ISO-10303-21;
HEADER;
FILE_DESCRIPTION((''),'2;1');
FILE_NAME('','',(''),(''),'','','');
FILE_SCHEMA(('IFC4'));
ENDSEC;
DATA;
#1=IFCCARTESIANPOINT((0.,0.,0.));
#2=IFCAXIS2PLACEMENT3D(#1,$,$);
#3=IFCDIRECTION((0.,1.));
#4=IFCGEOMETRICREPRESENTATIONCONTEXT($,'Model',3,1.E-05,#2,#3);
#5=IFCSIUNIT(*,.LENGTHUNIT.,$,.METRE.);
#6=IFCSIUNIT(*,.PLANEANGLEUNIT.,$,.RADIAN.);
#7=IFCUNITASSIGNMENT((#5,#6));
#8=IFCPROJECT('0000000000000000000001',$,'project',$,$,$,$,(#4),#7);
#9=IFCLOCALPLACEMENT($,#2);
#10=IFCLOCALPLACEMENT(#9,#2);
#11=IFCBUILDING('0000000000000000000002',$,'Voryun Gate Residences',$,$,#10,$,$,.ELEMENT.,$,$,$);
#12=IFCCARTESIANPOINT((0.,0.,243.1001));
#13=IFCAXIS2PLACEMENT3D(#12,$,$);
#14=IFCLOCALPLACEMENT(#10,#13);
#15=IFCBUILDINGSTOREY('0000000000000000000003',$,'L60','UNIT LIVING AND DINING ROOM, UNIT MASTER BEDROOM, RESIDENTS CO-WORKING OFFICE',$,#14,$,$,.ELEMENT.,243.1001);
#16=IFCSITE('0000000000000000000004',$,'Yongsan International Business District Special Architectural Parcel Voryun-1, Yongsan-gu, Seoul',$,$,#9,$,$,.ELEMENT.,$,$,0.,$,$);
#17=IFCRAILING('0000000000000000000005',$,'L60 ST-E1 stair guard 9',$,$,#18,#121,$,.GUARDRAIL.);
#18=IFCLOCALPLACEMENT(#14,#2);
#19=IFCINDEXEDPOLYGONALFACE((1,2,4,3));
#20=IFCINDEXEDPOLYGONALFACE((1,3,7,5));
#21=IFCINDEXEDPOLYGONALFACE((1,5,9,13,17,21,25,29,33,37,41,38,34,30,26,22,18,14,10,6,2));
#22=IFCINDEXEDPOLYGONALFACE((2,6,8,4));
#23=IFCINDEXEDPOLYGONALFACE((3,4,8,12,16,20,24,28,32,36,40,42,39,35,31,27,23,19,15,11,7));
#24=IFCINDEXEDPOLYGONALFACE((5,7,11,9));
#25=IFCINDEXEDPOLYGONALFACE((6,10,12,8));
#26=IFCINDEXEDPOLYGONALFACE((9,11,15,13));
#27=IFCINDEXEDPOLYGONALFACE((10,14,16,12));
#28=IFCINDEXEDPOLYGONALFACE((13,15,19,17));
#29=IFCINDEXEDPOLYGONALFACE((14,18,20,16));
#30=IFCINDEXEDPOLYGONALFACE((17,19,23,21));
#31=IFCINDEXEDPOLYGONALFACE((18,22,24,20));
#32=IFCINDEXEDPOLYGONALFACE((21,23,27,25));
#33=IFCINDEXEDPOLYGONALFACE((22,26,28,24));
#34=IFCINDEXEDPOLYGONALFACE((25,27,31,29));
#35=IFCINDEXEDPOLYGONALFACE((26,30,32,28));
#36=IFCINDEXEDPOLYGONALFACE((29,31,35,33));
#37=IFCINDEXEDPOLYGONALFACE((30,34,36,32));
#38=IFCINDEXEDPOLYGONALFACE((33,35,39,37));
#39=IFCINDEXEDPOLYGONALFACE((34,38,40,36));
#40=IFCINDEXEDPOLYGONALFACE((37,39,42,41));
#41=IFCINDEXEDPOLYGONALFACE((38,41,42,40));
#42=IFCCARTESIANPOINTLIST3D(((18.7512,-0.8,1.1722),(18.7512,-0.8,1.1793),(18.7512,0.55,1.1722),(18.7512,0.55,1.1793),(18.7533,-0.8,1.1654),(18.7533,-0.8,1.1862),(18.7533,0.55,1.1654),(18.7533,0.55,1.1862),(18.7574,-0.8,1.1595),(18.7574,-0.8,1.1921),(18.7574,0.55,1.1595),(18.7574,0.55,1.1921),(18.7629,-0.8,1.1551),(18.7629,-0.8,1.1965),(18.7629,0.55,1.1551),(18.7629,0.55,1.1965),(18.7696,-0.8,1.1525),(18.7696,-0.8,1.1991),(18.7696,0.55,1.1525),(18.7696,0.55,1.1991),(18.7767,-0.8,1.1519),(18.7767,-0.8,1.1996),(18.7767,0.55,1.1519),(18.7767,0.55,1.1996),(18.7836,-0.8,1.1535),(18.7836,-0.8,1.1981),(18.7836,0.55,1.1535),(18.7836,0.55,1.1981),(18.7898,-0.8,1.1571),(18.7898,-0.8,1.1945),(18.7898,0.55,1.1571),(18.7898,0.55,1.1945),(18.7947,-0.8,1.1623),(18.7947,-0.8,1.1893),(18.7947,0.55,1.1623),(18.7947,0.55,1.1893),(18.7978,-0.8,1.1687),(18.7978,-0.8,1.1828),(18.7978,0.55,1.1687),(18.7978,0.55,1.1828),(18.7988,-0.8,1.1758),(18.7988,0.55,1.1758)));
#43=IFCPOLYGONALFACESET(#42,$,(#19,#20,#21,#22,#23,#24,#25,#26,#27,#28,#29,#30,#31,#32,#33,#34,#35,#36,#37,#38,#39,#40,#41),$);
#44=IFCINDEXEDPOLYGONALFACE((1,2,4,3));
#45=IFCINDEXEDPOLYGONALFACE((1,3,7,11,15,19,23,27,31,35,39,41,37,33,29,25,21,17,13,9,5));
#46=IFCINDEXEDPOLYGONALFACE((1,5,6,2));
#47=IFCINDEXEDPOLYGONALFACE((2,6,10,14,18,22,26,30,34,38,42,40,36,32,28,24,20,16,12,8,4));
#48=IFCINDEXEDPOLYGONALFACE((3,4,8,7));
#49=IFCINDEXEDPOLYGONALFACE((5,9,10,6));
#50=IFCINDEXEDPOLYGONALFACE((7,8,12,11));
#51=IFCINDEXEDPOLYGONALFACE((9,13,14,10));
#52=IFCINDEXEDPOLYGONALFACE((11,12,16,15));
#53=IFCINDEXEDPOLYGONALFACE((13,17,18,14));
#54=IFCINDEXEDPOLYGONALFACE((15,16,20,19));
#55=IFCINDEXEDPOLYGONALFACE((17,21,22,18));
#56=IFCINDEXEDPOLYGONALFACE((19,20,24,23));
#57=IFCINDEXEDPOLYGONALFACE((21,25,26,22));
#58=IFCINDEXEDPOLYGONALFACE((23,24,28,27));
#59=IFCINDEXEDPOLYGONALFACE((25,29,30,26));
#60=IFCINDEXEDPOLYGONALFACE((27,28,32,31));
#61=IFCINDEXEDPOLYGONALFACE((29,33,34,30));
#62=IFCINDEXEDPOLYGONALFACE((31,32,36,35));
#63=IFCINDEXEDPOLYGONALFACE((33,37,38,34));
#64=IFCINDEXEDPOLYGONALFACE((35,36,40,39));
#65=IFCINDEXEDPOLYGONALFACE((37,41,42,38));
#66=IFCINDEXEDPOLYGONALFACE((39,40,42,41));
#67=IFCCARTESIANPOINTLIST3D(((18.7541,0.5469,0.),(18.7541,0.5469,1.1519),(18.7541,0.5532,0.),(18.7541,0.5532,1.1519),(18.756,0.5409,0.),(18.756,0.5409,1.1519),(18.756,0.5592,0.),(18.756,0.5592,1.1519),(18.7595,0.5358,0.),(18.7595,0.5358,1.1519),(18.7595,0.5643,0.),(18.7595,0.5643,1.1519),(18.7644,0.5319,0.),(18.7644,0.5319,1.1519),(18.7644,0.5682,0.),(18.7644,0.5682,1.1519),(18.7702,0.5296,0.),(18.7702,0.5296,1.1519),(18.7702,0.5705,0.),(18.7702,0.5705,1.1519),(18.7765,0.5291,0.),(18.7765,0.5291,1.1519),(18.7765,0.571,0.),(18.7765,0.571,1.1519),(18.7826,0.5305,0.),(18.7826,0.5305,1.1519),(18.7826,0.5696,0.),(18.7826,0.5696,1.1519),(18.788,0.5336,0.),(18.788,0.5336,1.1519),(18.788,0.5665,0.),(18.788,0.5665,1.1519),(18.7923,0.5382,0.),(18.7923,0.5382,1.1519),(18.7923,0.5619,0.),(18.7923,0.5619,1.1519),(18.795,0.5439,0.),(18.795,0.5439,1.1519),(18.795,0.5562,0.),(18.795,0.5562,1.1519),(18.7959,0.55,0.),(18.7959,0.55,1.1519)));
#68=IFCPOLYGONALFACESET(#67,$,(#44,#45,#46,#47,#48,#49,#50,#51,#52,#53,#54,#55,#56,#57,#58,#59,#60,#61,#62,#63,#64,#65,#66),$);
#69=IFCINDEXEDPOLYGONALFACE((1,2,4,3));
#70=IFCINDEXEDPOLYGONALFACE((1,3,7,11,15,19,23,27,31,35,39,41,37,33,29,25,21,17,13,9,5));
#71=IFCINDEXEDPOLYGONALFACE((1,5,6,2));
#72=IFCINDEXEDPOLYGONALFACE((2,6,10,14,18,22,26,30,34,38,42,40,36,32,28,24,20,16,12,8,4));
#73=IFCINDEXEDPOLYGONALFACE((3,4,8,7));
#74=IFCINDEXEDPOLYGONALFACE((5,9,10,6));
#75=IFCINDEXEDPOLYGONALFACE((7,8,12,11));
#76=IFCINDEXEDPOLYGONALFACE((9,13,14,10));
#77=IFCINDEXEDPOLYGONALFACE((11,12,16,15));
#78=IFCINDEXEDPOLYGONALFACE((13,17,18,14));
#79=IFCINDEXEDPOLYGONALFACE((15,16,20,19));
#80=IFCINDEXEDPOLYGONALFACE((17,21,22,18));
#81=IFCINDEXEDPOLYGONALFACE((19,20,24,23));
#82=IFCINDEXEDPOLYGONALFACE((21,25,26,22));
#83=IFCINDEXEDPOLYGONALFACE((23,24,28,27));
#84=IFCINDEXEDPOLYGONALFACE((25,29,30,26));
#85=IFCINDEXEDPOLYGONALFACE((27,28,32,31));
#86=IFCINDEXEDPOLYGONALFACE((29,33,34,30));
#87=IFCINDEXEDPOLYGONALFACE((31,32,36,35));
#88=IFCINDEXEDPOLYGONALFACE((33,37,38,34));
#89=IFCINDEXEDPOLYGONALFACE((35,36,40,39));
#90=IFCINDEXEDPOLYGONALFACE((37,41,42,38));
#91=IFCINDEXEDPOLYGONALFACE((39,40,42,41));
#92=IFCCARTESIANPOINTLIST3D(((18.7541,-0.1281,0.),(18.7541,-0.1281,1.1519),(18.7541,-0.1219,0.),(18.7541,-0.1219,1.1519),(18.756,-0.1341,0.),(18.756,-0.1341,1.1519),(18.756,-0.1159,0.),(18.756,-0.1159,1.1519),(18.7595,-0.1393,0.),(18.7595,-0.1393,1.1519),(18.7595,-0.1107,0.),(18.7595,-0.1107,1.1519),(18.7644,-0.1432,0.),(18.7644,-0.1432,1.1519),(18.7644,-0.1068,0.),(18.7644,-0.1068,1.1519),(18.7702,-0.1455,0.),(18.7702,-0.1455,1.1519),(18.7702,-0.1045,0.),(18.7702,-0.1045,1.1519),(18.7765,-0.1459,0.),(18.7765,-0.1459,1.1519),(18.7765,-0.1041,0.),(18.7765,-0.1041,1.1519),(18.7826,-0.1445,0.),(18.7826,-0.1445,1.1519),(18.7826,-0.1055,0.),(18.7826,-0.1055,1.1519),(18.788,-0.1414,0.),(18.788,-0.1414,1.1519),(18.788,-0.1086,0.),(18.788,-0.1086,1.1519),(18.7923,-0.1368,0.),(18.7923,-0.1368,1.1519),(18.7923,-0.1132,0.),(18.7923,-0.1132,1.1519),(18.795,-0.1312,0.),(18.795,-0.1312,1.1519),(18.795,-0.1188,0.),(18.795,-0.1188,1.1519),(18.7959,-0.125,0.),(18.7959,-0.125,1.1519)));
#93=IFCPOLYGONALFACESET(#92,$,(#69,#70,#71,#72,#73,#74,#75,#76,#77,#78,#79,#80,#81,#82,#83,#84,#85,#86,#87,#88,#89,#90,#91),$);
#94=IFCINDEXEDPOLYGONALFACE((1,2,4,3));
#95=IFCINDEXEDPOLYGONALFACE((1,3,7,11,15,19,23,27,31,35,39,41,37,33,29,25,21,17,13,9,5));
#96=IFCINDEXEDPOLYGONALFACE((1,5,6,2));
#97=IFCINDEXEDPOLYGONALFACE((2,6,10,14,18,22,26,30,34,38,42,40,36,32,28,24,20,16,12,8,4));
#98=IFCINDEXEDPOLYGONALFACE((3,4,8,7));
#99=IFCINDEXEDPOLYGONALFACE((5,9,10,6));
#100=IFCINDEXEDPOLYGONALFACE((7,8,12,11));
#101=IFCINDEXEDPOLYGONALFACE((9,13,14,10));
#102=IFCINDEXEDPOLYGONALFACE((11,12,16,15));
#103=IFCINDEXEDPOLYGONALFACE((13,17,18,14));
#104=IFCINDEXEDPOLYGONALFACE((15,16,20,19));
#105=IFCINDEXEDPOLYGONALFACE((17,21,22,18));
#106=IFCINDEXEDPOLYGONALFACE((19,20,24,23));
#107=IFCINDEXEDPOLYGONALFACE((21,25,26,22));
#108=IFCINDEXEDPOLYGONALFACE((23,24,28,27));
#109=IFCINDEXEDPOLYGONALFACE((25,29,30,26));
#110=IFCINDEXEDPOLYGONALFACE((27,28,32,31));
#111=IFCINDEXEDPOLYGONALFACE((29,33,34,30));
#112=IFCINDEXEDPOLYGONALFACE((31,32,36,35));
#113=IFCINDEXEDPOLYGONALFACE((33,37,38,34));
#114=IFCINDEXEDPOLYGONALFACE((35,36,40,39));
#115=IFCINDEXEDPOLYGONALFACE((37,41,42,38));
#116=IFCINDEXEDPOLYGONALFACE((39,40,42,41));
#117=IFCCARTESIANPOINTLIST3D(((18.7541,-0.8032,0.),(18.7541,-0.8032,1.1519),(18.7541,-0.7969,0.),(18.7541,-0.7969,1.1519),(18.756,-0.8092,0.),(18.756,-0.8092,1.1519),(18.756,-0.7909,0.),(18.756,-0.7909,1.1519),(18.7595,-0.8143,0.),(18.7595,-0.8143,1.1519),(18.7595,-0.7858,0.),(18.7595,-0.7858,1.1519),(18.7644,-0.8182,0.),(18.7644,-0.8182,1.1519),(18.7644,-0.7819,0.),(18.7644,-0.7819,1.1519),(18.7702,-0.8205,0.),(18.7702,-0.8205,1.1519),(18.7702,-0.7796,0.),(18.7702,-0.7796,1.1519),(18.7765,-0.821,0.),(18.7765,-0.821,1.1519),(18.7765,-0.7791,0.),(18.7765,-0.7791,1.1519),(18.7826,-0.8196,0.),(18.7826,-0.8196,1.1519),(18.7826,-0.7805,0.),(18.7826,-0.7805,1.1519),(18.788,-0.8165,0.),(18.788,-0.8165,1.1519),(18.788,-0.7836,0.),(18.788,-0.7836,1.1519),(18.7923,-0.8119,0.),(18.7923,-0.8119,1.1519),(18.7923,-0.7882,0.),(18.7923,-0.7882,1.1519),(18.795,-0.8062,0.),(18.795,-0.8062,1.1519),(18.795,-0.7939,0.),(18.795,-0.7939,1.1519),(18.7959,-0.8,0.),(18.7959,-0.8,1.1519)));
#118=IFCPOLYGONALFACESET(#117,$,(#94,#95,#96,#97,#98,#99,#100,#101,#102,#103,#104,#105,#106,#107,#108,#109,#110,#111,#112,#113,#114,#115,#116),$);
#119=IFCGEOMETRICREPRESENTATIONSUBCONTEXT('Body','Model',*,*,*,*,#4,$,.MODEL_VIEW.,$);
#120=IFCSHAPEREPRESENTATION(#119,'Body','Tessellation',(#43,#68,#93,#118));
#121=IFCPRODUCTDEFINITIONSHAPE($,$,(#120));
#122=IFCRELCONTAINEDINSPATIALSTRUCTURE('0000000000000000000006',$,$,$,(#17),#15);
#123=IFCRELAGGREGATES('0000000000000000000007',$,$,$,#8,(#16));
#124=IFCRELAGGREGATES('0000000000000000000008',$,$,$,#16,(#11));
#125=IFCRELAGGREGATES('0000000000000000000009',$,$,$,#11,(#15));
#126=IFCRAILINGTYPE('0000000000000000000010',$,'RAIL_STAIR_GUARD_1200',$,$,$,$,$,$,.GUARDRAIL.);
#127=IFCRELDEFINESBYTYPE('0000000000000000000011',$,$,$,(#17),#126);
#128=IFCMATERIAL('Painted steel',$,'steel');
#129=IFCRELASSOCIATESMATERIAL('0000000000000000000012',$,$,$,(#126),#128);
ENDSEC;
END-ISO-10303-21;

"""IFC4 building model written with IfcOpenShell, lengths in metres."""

from ifc_helpers import new_model, si_unit, direction, frame, origin, origin_2d, place, context, subcontext, project, spatial, circle, extrude, material, type_object, element, save


model = new_model("IFC4")

# Units and contexts
model_context = context("Model", 3, precision=1e-05, world=origin(), true_north=direction((0.0, 1.0)))
body_context = subcontext(model_context, "Body", "Model", "MODEL_VIEW")
ifc_project = project(units=[si_unit("LENGTHUNIT", "METRE"), si_unit("PLANEANGLEUNIT", "RADIAN")], contexts=[model_context])

# Site, building, storey
site_placement = place(None, origin())
site = spatial("IfcSite", under=ifc_project, at=site_placement, Name="Yongsan International Business District Special Architectural Parcel Voryun-1, Yongsan-gu, Seoul", CompositionType="ELEMENT", RefElevation=0.0)
building_placement = place(site_placement, origin())
building = spatial("IfcBuilding", under=site, at=building_placement, Name="Voryun Gate Residences", CompositionType="ELEMENT")
storey_placement = place(building_placement, frame((0.0, 0.0, 243.1001)))
storey = spatial("IfcBuildingStorey", under=building, at=storey_placement, Name="L60", Description="UNIT LIVING AND DINING ROOM, UNIT MASTER BEDROOM, RESIDENTS CO-WORKING OFFICE", CompositionType="ELEMENT", Elevation=243.1001)

# Railing
ifc_material_1 = material(Name="Painted steel", Category="steel")
railing_type = type_object("IfcRailingType", Name="RAIL_STAIR_GUARD_1200", PredefinedType="GUARDRAIL", material=ifc_material_1)
railing_1_placement = place(storey_placement, frame((18.7749, 0.55, 0.0)))
element("IfcRailing", 1, at=railing_1_placement, inside=storey, type_object=railing_type, Name="L60 ST-E1 stair guard 9", PredefinedType="GUARDRAIL", context=body_context, shape_type="SweptSolid", body=[
    extrude(circle(Radius=0.0239, at=origin_2d()), frame((0.0, 0.0, 1.1758), z_axis=(0.0, -1.0, 0.0), x_axis=(1.0, 0.0, 0.0)), (0.0, 0.0, 1.0), 1.3501),
    extrude(circle(Radius=0.021, at=origin_2d()), origin(), (0.0, 0.0, 1.0), 1.1519),
    extrude(circle(Radius=0.021, at=origin_2d()), frame((0.0, -0.675, 0.0)), (0.0, 0.0, 1.0), 1.1519),
    extrude(circle(Radius=0.021, at=origin_2d()), frame((0.0, -1.3501, 0.0)), (0.0, 0.0, 1.0), 1.1519),
])

save(model, "model.ifc")
